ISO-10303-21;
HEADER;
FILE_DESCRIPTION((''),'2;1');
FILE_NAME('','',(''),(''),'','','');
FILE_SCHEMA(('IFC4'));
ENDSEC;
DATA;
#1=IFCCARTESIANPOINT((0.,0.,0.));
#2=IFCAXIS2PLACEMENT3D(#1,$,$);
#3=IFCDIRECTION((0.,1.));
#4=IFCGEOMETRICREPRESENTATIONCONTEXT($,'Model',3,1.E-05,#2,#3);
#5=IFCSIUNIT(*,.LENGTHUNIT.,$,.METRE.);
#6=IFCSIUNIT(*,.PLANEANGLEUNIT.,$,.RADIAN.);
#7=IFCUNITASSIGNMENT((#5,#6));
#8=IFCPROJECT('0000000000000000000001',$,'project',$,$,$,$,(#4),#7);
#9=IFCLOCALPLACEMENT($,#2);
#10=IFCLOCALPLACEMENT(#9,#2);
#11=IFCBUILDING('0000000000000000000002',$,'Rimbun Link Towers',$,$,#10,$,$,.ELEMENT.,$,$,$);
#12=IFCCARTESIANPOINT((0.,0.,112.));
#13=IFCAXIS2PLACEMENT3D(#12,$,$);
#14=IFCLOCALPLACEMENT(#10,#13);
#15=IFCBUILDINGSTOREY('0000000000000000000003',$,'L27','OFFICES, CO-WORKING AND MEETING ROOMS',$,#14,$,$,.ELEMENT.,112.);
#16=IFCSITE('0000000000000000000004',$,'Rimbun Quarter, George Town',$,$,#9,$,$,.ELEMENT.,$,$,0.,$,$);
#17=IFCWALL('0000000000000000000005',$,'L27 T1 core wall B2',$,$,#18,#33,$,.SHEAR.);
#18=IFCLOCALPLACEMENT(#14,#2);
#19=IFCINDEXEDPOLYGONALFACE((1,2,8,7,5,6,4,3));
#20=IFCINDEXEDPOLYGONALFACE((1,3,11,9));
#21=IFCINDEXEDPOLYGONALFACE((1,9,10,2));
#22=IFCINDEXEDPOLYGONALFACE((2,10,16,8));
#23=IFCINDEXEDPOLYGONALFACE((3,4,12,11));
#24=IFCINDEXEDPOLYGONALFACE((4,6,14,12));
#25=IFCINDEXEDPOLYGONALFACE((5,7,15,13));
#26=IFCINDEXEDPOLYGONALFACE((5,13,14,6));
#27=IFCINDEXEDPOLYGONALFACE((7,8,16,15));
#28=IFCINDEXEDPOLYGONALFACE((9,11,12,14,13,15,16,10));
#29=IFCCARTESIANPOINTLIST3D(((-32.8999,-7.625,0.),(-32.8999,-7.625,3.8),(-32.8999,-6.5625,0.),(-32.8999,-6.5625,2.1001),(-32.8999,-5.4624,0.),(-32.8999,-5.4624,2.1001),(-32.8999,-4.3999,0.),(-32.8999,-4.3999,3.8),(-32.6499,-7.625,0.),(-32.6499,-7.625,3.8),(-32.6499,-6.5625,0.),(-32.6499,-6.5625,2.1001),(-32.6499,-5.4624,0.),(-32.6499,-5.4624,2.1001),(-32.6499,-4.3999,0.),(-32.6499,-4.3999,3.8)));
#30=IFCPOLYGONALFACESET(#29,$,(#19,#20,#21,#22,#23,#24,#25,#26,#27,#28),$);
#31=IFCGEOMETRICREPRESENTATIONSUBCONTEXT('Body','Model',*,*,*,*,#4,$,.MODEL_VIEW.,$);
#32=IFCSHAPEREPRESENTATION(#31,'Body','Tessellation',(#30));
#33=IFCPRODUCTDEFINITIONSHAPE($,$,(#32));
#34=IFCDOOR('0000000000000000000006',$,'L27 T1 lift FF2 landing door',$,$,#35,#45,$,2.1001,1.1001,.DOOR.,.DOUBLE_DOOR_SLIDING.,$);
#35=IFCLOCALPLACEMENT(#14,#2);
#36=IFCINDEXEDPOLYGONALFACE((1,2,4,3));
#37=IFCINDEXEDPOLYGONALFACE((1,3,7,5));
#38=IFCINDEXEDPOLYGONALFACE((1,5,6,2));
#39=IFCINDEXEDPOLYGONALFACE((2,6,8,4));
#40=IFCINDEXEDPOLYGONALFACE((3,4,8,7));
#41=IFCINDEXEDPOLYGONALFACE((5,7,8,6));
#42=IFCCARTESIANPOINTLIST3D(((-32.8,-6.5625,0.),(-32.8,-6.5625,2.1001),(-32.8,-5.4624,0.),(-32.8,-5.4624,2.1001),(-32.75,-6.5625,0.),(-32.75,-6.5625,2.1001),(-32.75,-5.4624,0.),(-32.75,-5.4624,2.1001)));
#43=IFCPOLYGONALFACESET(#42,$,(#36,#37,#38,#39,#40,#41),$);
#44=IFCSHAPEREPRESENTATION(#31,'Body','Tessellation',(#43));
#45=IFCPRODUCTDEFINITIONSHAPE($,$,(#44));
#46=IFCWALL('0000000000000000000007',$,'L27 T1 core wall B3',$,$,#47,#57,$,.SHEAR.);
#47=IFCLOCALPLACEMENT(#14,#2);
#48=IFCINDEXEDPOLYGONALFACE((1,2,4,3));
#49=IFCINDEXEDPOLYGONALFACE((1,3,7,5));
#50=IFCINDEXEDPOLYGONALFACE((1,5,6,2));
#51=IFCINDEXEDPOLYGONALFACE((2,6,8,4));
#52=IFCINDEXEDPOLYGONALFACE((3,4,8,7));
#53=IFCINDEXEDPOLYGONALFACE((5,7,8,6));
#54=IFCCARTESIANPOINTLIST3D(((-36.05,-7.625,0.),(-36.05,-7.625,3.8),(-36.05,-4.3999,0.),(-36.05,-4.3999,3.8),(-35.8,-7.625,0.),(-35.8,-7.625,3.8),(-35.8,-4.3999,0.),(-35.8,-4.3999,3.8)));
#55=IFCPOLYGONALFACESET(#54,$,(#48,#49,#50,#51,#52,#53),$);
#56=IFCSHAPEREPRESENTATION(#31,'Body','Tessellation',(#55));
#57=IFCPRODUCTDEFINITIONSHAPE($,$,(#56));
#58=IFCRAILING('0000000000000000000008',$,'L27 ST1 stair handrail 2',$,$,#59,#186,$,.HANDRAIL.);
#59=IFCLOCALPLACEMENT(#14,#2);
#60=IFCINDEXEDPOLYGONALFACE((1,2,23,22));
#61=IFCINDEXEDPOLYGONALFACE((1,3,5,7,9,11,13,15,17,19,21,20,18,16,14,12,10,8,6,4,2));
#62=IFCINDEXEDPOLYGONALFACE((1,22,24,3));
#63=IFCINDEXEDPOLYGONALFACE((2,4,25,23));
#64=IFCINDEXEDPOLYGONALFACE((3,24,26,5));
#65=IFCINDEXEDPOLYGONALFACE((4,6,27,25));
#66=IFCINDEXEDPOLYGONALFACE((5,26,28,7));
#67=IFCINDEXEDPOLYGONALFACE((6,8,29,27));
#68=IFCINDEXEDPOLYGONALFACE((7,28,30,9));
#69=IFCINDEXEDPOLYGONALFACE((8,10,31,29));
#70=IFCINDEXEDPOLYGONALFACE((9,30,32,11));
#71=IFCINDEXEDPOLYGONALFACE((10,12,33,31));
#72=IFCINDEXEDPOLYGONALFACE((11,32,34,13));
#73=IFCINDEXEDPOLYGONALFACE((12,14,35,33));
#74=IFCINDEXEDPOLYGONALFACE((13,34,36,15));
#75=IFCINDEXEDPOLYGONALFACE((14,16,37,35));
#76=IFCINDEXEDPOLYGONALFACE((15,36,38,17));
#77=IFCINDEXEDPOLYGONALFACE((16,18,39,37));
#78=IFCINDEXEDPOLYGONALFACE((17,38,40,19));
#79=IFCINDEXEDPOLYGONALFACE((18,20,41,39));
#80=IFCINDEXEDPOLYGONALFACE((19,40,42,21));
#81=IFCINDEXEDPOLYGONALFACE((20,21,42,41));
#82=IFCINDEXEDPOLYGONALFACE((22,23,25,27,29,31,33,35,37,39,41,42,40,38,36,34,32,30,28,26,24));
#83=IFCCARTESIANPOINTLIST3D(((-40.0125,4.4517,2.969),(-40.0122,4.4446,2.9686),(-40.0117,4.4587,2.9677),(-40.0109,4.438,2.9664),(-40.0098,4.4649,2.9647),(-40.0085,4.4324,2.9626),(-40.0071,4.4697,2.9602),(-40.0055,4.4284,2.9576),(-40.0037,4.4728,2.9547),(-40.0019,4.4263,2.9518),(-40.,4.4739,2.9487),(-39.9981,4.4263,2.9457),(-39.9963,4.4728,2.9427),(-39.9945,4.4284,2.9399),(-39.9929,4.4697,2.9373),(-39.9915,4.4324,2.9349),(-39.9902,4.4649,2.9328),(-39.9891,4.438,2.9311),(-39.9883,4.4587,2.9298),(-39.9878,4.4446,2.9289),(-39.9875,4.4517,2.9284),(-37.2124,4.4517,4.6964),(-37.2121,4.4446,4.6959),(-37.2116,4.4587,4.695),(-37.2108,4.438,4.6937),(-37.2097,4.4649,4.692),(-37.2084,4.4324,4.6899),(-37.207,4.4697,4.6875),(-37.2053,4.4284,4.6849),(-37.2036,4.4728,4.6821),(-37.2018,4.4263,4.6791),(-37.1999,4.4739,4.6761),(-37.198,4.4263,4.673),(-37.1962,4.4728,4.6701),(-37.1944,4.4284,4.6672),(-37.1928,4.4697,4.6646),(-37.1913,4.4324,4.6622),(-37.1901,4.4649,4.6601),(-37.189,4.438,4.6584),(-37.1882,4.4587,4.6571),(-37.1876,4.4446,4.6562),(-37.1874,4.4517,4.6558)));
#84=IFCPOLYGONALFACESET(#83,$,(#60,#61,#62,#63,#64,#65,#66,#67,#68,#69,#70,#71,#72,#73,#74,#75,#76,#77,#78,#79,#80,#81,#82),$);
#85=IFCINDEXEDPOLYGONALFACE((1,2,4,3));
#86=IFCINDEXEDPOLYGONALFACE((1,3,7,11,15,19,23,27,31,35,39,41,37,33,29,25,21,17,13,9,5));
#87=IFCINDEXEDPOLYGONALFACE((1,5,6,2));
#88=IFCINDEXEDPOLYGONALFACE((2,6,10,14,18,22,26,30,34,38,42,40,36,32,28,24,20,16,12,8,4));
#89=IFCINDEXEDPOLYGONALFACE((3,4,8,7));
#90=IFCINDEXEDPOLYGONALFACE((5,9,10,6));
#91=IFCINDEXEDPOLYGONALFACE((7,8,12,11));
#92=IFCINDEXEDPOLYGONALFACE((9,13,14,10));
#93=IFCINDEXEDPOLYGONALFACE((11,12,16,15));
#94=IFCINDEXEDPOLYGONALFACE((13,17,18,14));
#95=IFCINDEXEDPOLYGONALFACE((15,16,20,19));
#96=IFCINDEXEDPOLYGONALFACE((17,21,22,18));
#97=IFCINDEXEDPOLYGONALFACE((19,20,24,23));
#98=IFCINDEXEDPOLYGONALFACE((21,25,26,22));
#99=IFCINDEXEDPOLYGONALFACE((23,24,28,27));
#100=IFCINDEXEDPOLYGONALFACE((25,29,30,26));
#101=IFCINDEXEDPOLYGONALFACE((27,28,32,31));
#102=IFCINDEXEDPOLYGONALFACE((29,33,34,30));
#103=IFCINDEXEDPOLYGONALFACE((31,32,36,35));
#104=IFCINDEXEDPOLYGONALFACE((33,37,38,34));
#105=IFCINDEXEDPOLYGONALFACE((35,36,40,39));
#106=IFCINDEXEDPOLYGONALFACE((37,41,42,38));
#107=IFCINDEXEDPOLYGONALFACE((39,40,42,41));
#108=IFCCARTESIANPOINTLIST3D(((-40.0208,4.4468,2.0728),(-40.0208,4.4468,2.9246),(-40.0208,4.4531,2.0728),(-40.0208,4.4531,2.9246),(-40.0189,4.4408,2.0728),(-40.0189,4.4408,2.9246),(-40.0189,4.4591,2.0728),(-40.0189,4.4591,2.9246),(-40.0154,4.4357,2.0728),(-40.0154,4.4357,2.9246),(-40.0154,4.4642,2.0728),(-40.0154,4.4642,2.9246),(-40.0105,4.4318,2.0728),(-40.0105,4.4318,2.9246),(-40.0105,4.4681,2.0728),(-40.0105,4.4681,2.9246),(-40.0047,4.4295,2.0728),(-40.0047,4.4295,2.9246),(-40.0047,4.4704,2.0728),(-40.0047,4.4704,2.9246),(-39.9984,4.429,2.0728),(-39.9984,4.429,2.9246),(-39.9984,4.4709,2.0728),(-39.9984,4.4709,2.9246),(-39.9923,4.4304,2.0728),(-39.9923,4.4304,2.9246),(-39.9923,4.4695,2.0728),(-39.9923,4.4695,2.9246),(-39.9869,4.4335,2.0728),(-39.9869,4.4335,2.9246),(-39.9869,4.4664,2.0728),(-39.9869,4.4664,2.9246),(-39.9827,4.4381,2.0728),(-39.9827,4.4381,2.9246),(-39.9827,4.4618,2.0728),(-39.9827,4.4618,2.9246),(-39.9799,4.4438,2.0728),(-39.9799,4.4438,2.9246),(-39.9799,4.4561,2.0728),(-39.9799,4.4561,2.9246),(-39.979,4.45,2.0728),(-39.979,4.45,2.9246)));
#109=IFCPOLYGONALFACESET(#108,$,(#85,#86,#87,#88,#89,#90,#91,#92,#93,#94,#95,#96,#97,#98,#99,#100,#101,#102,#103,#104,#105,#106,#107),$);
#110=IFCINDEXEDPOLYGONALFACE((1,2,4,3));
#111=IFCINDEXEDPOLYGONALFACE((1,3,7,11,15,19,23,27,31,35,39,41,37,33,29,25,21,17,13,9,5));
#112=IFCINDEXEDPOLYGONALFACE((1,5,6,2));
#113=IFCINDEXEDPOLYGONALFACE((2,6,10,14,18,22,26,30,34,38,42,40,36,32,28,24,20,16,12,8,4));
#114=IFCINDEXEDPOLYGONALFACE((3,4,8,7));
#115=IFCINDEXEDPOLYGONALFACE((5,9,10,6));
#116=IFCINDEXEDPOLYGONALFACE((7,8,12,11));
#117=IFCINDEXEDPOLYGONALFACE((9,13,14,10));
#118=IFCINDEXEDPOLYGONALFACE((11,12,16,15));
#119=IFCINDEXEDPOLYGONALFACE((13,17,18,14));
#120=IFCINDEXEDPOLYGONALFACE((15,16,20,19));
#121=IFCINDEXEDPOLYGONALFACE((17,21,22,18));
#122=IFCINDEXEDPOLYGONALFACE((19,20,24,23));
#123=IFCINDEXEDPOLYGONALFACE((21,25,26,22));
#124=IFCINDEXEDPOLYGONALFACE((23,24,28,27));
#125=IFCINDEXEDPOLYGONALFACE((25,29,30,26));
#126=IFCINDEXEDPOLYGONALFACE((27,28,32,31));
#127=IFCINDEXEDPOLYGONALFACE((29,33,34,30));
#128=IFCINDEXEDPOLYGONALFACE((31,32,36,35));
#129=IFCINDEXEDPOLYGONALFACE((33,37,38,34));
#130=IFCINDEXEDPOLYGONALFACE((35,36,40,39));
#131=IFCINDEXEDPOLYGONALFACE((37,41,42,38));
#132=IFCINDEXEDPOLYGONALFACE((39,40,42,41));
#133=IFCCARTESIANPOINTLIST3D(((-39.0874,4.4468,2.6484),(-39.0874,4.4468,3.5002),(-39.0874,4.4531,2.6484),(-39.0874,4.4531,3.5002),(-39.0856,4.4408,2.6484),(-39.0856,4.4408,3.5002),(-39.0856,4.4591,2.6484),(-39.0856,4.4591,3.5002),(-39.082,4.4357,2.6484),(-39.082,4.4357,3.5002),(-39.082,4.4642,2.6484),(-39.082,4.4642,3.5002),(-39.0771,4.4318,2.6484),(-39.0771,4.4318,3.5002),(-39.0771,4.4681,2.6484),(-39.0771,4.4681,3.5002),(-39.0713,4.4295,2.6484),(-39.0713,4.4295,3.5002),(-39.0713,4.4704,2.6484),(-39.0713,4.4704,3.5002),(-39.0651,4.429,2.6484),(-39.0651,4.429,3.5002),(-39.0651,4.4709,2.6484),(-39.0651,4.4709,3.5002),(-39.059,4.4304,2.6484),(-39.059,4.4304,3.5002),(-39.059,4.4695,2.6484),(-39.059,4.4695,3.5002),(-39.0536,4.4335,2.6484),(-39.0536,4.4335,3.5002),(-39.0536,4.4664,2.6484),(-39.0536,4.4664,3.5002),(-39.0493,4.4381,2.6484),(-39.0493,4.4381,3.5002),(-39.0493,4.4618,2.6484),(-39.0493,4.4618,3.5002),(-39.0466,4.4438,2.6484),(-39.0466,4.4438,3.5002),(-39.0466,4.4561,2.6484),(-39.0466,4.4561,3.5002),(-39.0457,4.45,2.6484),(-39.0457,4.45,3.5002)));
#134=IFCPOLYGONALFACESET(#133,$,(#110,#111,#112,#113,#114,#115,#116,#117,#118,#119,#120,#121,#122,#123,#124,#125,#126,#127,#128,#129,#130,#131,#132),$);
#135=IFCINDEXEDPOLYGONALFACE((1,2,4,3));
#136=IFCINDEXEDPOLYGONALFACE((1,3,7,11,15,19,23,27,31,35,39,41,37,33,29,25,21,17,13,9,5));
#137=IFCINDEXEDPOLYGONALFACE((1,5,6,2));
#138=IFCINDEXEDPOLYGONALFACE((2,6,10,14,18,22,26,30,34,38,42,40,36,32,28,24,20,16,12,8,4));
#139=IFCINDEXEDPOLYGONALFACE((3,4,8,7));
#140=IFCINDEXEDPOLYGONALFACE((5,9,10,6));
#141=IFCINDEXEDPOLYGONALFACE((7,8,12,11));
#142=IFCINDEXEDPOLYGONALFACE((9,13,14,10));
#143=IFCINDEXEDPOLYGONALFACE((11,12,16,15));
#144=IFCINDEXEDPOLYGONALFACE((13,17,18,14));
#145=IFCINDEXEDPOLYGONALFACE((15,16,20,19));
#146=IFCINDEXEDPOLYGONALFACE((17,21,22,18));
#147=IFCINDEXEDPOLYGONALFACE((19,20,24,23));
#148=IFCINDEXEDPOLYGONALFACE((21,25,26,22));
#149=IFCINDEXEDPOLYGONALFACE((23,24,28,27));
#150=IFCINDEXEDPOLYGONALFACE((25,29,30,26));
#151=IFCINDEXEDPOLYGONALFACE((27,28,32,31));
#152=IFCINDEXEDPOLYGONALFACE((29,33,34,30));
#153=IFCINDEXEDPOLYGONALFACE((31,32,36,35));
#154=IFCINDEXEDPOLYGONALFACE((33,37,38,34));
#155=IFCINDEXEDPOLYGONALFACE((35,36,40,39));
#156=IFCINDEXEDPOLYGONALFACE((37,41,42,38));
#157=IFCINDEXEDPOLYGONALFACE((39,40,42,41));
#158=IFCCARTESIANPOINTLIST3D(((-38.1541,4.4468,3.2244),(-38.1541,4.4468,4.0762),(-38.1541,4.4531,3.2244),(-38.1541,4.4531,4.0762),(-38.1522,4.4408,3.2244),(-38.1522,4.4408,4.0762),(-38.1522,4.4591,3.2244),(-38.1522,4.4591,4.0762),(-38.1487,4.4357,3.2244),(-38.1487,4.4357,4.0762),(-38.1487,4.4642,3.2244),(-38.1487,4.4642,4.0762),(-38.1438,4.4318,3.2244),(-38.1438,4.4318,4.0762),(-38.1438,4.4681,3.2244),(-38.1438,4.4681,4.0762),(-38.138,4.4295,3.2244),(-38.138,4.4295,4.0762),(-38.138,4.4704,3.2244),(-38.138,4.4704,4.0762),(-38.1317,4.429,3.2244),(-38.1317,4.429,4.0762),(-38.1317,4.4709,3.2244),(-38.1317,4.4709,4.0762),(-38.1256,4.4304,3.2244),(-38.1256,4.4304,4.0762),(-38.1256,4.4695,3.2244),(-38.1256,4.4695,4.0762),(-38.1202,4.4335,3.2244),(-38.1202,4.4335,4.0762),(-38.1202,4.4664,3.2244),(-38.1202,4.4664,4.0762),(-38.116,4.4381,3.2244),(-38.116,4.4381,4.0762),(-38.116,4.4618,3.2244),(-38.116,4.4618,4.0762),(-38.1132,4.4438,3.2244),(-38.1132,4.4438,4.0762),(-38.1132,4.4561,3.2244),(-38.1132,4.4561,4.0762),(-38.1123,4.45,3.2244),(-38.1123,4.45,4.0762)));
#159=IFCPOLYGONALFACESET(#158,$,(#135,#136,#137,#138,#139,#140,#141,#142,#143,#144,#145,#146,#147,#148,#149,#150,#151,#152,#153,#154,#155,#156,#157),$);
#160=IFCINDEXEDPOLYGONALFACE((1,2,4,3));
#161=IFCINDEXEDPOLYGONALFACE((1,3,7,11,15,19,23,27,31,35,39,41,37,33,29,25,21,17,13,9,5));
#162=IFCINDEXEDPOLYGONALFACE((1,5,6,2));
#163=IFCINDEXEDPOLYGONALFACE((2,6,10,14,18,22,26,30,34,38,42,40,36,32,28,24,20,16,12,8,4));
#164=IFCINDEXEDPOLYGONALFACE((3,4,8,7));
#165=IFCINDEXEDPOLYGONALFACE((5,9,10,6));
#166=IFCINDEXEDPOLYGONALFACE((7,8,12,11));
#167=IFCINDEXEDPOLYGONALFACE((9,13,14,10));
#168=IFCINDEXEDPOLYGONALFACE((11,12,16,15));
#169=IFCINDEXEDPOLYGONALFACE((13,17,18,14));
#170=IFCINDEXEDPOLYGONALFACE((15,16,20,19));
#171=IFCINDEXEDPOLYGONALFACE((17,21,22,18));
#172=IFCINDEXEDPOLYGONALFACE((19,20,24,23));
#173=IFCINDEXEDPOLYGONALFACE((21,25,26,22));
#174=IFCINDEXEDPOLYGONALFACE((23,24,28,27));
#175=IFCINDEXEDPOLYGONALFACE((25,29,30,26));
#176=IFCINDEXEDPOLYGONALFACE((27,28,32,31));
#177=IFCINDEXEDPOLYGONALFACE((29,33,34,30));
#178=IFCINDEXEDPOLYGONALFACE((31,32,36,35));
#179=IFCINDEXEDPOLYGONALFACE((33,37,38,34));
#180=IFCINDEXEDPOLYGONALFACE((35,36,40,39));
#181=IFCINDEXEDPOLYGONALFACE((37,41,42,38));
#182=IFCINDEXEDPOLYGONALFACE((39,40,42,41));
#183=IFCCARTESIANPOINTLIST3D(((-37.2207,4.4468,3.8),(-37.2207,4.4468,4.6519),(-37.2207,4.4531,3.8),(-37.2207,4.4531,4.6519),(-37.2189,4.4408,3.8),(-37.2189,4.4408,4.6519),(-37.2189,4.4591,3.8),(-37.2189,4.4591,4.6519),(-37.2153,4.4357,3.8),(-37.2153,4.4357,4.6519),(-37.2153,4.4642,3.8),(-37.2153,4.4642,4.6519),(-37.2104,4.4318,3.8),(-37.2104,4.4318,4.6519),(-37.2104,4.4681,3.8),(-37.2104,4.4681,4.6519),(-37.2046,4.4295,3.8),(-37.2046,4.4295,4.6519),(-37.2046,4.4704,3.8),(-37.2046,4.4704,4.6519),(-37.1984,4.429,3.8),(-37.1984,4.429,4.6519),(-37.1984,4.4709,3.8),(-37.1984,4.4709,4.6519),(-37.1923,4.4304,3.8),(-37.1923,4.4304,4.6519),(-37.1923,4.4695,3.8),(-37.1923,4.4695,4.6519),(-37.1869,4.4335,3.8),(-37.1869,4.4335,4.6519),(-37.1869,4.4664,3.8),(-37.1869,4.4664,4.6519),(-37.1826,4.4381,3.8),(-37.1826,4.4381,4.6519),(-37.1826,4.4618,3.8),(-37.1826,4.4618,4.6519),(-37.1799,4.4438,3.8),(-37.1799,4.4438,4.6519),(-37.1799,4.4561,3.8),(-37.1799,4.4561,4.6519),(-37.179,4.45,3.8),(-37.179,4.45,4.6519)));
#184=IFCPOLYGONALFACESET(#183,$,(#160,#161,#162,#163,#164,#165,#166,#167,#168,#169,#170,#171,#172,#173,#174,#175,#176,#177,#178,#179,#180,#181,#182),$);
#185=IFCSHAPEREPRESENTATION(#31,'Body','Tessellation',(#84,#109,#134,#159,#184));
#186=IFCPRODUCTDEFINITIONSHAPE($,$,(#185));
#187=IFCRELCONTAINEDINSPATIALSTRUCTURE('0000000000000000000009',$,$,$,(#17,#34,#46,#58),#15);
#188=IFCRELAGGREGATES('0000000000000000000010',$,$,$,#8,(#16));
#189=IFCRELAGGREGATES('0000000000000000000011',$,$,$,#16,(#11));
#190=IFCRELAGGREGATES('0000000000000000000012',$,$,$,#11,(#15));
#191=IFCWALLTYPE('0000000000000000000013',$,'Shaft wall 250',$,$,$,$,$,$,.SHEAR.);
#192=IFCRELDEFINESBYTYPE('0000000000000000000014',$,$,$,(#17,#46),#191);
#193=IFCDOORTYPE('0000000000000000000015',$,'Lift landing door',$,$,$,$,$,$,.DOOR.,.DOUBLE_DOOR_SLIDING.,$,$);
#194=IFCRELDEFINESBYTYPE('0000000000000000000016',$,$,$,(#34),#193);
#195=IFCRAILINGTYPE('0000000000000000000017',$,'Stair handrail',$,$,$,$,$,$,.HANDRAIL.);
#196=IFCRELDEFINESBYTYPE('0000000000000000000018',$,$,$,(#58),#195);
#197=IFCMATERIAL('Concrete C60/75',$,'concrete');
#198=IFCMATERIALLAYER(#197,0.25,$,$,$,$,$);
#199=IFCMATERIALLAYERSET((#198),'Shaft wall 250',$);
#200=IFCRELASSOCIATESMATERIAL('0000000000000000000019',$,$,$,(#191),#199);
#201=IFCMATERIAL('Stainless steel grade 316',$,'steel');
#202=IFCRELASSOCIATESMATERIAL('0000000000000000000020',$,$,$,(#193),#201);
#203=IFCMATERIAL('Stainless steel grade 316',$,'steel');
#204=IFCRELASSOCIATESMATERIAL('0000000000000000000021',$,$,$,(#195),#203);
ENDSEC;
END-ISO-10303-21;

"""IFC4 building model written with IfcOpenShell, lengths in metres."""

from ifc_helpers import new_model, si_unit, direction, frame, frame_2d, origin, origin_2d, place, context, subcontext, project, spatial, rectangle, circle, extrude, material, layer, layer_set, type_object, element, fill, save


model = new_model("IFC4")

# Units and contexts
model_context = context("Model", 3, precision=1e-05, world=origin(), true_north=direction((0.0, 1.0)))
body_context = subcontext(model_context, "Body", "Model", "MODEL_VIEW")
ifc_project = project(units=[si_unit("LENGTHUNIT", "METRE"), si_unit("PLANEANGLEUNIT", "RADIAN")], contexts=[model_context])

# Site, building, storey
site_placement = place(None, origin())
site = spatial("IfcSite", under=ifc_project, at=site_placement, Name="Rimbun Quarter, George Town", CompositionType="ELEMENT", RefElevation=0.0)
building_placement = place(site_placement, origin())
building = spatial("IfcBuilding", under=site, at=building_placement, Name="Rimbun Link Towers", CompositionType="ELEMENT")
storey_placement = place(building_placement, frame((0.0, 0.0, 112.0)))
storey = spatial("IfcBuildingStorey", under=building, at=storey_placement, Name="L27", Description="OFFICES, CO-WORKING AND MEETING ROOMS", CompositionType="ELEMENT", Elevation=112.0)

# Shared definitions
ifc_material_1 = material(Name="Concrete C60/75", Category="concrete")
ifc_layer_1 = layer(ifc_material_1, 0.25)
ifc_layer_set_1 = layer_set([ifc_layer_1], Name="Shaft wall 250")
wall_type_1 = type_object("IfcWallType", Name="Shaft wall 250", PredefinedType="SHEAR", material=ifc_layer_set_1)

# Wall, opening, door
ifc_material_2 = material(Name="Stainless steel grade 316", Category="steel")
door_type_1 = type_object("IfcDoorType", Name="Lift landing door", OperationType="DOUBLE_DOOR_SLIDING", PredefinedType="DOOR", material=ifc_material_2)
wall_1_placement = place(storey_placement, frame((-32.7749, -4.3999, 0.0), z_axis=(0.0, 0.0, 1.0), x_axis=(0.0, -1.0, 0.0)))
wall_1 = element("IfcWall", 1, at=wall_1_placement, inside=storey, type_object=wall_type_1, Name="L27 T1 core wall B2", PredefinedType="SHEAR", context=body_context, shape_type="SweptSolid", body=[
    extrude(rectangle(XDim=3.2251, YDim=0.25, at=frame_2d((1.6125, 0.0))), origin(), (0.0, 0.0, 1.0), 3.8),
])
opening_1_placement = place(wall_1_placement, frame((1.0625, 0.0, 0.0)))
opening_1 = element("IfcOpeningElement", 2, at=opening_1_placement, cuts=wall_1, PredefinedType="OPENING", context=body_context, shape_type="SweptSolid", body=[
    extrude(rectangle(XDim=1.1001, YDim=2.1001, at=frame_2d((0.55, 1.05))), frame((0.0, 0.135, 0.0), z_axis=(0.0, -1.0, 0.0), x_axis=(1.0, 0.0, 0.0)), (0.0, 0.0, 1.0), 0.27),
])
door_1_placement = place(opening_1_placement, origin())
door_1 = element("IfcDoor", 3, at=door_1_placement, inside=storey, type_object=door_type_1, Name="L27 T1 lift FF2 landing door", OperationType="DOUBLE_DOOR_SLIDING", OverallHeight=2.1001, OverallWidth=1.1001, PredefinedType="DOOR", context=body_context, shape_type="SweptSolid", body=[
    extrude(rectangle(XDim=1.1001, YDim=2.1001, at=frame_2d((0.55, 1.05))), frame((0.0, 0.0249, 0.0), z_axis=(0.0, -1.0, 0.0), x_axis=(1.0, 0.0, 0.0)), (0.0, 0.0, 1.0), 0.05),
])
fill(opening_1, door_1)

# Wall
wall_2_placement = place(storey_placement, frame((-35.925, -4.3999, 0.0), z_axis=(0.0, 0.0, 1.0), x_axis=(0.0, -1.0, 0.0)))
element("IfcWall", 4, at=wall_2_placement, inside=storey, type_object=wall_type_1, Name="L27 T1 core wall B3", PredefinedType="SHEAR", context=body_context, shape_type="SweptSolid", body=[
    extrude(rectangle(XDim=3.2251, YDim=0.25, at=frame_2d((1.6125, 0.0))), origin(), (0.0, 0.0, 1.0), 3.8),
])

# Railing
ifc_material_3 = material(Name="Stainless steel grade 316", Category="steel")
railing_type = type_object("IfcRailingType", Name="Stair handrail", PredefinedType="HANDRAIL", material=ifc_material_3)
railing_placement = place(storey_placement, frame((-40.0, 4.45, 2.0728)))
element("IfcRailing", 5, at=railing_placement, inside=storey, type_object=railing_type, Name="L27 ST1 stair handrail 2", PredefinedType="HANDRAIL", context=body_context, shape_type="SweptSolid", body=[
    extrude(circle(Radius=0.0239, at=origin_2d()), frame((0.0, 0.0, 0.876), z_axis=(0.85109, 0.0, 0.52502), x_axis=(0.0, 1.0, 0.0)), (0.0, 0.0, 1.0), 3.29),
    extrude(circle(Radius=0.021, at=origin_2d()), origin(), (0.0, 0.0, 1.0), 0.8518),
    extrude(circle(Radius=0.021, at=origin_2d()), frame((0.9333, 0.0, 0.5757)), (0.0, 0.0, 1.0), 0.8518),
    extrude(circle(Radius=0.021, at=origin_2d()), frame((1.8667, 0.0, 1.1516)), (0.0, 0.0, 1.0), 0.8518),
    extrude(circle(Radius=0.021, at=origin_2d()), frame((2.8, 0.0, 1.7273)), (0.0, 0.0, 1.0), 0.8518),
])

save(model, "model.ifc")
